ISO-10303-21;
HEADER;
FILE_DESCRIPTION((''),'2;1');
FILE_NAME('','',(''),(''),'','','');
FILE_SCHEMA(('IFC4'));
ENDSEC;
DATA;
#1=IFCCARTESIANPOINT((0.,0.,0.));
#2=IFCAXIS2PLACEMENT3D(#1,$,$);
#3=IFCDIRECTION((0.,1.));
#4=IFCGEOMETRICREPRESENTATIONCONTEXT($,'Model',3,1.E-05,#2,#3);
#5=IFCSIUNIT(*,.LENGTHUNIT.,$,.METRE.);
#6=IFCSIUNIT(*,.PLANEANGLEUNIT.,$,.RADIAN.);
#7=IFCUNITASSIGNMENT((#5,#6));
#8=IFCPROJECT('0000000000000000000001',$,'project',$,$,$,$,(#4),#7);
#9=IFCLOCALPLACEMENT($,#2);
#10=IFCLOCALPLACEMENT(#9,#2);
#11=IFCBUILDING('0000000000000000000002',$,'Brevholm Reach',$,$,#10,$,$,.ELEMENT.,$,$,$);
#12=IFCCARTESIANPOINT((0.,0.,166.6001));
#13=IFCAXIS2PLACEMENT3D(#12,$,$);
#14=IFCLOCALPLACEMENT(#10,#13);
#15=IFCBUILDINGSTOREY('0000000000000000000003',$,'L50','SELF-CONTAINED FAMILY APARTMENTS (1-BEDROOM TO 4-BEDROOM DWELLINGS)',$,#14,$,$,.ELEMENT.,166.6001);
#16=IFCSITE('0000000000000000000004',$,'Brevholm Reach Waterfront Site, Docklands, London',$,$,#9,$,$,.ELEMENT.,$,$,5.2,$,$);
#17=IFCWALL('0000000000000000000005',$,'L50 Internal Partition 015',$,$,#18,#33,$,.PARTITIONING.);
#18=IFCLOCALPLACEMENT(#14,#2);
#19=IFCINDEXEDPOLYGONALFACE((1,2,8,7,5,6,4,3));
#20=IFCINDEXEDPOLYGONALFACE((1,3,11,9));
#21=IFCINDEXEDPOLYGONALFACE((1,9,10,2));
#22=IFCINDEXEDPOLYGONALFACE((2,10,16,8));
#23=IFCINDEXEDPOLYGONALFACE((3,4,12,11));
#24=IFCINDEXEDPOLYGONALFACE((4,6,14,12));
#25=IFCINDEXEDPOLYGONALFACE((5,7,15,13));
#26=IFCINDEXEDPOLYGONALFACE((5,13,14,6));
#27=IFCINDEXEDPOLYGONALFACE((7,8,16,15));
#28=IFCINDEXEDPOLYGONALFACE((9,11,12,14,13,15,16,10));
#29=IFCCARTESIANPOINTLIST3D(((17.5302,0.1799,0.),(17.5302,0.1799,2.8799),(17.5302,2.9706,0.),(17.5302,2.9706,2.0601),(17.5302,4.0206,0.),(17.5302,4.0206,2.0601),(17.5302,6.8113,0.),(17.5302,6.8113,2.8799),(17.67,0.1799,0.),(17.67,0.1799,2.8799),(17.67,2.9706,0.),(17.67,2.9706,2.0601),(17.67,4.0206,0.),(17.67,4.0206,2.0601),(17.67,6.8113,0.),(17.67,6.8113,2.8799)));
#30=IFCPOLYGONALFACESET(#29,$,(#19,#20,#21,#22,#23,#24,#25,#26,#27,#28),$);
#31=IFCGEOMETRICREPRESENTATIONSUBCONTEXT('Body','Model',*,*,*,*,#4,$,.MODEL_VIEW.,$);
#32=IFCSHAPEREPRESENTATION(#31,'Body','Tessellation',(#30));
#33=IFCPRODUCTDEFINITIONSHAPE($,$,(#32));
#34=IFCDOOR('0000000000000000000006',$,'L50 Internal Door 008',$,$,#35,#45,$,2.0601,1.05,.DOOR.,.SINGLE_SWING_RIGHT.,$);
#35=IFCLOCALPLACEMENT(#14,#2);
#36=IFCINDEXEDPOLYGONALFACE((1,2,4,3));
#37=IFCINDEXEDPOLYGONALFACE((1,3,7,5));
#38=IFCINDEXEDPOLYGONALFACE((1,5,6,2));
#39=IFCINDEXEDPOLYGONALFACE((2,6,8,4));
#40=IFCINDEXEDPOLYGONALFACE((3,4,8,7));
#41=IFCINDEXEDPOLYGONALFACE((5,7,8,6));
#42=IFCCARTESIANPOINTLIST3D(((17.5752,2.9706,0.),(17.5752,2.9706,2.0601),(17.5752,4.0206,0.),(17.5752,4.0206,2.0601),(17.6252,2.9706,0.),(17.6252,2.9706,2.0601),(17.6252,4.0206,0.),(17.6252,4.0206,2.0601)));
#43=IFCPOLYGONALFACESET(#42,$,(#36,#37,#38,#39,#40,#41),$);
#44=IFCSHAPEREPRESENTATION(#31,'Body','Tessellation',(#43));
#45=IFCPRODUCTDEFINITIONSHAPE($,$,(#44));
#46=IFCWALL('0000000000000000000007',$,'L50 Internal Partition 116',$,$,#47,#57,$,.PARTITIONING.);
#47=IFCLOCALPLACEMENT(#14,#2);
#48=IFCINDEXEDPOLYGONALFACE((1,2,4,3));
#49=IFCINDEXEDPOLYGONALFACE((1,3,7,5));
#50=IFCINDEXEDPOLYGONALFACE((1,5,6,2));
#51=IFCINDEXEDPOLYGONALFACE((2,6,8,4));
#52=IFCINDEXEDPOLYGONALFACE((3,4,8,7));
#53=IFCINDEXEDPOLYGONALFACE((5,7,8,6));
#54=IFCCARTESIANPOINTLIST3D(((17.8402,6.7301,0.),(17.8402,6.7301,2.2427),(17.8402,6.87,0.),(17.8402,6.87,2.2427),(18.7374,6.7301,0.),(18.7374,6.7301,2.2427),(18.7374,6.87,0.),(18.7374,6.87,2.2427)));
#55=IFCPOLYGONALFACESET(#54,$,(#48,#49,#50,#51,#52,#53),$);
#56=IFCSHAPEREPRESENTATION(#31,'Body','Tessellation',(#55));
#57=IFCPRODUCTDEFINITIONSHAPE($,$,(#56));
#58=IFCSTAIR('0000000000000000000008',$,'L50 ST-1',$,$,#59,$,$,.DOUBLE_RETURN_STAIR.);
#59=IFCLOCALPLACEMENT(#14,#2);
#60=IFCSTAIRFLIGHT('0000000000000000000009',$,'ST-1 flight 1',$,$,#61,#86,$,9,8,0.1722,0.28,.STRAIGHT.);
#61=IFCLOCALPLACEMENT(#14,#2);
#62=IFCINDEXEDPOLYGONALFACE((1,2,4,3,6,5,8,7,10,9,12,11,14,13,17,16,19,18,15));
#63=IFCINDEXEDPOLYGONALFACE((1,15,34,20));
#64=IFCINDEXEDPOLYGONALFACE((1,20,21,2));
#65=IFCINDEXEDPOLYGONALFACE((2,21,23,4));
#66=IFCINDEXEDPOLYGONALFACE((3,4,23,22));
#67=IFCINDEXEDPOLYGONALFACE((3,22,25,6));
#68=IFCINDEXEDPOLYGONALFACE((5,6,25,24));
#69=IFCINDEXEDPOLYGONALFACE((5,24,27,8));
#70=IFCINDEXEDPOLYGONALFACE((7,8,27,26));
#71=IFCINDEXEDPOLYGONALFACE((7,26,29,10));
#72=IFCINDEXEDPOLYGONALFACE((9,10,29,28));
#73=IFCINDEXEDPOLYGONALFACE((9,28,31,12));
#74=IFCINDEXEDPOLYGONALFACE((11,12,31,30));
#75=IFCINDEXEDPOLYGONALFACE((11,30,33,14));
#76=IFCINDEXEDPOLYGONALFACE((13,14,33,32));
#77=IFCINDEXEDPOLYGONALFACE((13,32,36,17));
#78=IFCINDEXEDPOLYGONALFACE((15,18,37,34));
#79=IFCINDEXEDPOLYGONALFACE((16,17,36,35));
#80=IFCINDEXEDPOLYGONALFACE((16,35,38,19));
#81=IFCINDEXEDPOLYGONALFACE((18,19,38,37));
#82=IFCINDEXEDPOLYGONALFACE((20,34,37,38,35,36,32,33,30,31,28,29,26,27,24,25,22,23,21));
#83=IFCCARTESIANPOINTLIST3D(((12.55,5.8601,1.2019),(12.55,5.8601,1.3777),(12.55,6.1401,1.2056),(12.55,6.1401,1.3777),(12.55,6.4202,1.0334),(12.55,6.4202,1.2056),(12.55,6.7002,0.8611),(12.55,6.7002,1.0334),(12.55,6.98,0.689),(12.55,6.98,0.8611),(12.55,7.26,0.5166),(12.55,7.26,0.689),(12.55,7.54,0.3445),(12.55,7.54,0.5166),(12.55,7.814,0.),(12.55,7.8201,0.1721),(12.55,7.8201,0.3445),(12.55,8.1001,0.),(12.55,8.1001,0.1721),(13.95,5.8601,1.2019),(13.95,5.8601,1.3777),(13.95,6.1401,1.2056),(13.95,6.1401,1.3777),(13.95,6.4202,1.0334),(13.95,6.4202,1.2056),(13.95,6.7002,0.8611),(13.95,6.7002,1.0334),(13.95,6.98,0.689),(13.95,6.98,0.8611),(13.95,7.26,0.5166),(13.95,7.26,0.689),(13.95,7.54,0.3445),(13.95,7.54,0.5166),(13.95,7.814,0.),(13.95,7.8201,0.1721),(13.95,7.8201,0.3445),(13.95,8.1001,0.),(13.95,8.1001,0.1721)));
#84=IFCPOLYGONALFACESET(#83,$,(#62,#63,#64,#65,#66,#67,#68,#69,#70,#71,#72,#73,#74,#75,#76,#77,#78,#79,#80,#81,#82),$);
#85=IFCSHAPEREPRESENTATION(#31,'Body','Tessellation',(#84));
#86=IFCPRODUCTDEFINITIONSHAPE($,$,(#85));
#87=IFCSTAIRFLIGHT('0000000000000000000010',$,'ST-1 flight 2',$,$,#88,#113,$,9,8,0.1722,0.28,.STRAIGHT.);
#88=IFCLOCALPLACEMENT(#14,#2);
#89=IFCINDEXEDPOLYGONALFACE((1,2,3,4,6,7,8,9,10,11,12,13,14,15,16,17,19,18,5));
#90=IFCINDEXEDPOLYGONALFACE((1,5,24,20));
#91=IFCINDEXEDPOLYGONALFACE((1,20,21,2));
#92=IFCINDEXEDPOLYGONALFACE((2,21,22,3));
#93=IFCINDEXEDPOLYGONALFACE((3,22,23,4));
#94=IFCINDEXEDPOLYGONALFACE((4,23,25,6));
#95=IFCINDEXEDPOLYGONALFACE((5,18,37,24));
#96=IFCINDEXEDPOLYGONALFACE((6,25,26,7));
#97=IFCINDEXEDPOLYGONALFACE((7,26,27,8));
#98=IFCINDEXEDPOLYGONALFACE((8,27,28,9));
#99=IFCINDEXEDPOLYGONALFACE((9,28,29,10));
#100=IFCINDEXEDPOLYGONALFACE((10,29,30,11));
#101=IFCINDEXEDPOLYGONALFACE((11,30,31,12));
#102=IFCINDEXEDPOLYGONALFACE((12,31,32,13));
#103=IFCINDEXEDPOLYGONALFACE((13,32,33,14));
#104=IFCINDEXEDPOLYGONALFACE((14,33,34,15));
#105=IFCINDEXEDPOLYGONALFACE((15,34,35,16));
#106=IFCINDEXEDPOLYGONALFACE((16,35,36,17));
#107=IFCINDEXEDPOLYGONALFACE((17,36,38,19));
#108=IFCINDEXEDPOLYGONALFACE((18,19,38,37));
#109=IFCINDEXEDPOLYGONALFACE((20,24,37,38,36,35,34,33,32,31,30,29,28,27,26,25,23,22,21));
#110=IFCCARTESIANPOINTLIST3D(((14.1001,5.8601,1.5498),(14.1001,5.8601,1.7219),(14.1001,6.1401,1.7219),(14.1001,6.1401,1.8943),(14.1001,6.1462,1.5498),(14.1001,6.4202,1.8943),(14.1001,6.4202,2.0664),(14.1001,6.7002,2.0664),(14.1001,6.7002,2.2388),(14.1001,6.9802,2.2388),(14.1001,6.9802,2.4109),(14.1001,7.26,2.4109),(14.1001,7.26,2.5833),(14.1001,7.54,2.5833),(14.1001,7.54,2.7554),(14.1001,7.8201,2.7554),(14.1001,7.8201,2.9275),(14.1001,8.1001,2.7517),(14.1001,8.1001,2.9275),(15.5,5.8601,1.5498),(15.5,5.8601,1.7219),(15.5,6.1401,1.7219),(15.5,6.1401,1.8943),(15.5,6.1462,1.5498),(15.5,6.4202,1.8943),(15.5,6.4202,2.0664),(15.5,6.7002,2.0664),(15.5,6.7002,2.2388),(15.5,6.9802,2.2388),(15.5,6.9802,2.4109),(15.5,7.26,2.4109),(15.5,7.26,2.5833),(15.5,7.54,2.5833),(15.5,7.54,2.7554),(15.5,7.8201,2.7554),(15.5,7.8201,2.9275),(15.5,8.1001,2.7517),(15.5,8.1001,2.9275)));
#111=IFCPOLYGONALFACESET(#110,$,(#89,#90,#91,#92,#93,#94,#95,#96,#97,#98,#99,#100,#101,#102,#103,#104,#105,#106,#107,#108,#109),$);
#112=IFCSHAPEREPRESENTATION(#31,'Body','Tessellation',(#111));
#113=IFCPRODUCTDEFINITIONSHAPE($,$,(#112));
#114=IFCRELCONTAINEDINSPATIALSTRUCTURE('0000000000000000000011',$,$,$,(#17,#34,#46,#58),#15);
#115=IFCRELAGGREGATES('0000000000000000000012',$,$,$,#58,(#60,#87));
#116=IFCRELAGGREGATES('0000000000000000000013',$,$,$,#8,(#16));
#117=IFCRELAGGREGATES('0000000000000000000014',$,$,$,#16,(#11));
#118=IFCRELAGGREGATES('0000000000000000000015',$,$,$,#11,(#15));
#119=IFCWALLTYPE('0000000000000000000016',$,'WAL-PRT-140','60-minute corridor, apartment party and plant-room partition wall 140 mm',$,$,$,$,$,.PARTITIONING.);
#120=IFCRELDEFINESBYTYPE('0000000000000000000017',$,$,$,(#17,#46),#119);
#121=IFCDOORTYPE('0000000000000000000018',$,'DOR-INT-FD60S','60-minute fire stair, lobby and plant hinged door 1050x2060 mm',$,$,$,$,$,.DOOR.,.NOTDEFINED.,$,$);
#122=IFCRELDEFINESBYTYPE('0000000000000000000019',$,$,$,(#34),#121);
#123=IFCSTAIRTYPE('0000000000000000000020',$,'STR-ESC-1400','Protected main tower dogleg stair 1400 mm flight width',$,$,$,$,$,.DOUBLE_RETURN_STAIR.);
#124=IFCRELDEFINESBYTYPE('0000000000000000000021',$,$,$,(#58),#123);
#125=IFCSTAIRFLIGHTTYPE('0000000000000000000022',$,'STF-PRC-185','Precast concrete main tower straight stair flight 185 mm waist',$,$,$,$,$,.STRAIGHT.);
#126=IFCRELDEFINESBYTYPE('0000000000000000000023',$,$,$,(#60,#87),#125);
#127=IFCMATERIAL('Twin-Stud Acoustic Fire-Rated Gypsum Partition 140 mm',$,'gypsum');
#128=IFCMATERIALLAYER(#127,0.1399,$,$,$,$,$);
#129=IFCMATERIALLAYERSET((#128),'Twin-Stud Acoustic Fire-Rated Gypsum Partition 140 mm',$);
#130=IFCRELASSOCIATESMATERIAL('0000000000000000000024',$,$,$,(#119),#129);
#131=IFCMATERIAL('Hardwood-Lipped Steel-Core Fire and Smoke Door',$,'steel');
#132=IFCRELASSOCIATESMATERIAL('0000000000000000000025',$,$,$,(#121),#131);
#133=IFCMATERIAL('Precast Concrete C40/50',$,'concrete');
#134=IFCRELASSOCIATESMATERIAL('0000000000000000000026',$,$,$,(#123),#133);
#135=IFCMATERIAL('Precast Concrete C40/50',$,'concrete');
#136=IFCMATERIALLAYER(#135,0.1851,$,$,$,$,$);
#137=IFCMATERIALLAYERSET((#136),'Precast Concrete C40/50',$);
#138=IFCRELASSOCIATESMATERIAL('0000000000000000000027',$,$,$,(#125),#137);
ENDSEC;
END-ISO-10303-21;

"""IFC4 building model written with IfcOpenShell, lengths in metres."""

from ifc_helpers import new_model, si_unit, direction, frame, frame_2d, origin, place, context, subcontext, project, spatial, polyline, rectangle, outline, extrude, material, layer, layer_set, type_object, element, fill, aggregate, save


model = new_model("IFC4")

# Units and contexts
model_context = context("Model", 3, precision=1e-05, world=origin(), true_north=direction((0.0, 1.0)))
body_context = subcontext(model_context, "Body", "Model", "MODEL_VIEW")
ifc_project = project(units=[si_unit("LENGTHUNIT", "METRE"), si_unit("PLANEANGLEUNIT", "RADIAN")], contexts=[model_context])

# Site, building, storey
site_placement = place(None, origin())
site = spatial("IfcSite", under=ifc_project, at=site_placement, Name="Brevholm Reach Waterfront Site, Docklands, London", CompositionType="ELEMENT", RefElevation=5.2)
building_placement = place(site_placement, origin())
building = spatial("IfcBuilding", under=site, at=building_placement, Name="Brevholm Reach", CompositionType="ELEMENT")
storey_placement = place(building_placement, frame((0.0, 0.0, 166.6001)))
storey = spatial("IfcBuildingStorey", under=building, at=storey_placement, Name="L50", Description="SELF-CONTAINED FAMILY APARTMENTS (1-BEDROOM TO 4-BEDROOM DWELLINGS)", CompositionType="ELEMENT", Elevation=166.6001)

# Wall, opening, door
ifc_material_1 = material(Name="Twin-Stud Acoustic Fire-Rated Gypsum Partition 140 mm", Category="gypsum")
ifc_layer_1 = layer(ifc_material_1, 0.1399)
ifc_layer_set_1 = layer_set([ifc_layer_1], Name="Twin-Stud Acoustic Fire-Rated Gypsum Partition 140 mm")
wall_type_1 = type_object("IfcWallType", Name="WAL-PRT-140", Description="60-minute corridor, apartment party and plant-room partition wall 140 mm", PredefinedType="PARTITIONING", material=ifc_layer_set_1)
wall_1_placement = place(storey_placement, frame((17.6001, 0.1799, 0.0), z_axis=(0.0, 0.0, 1.0), x_axis=(0.0, 1.0, 0.0)))
wall_1 = element("IfcWall", 1, at=wall_1_placement, inside=storey, type_object=wall_type_1, Name="L50 Internal Partition 015", PredefinedType="PARTITIONING", context=body_context, shape_type="SweptSolid", body=[
    extrude(rectangle(XDim=6.6313, YDim=0.1399, at=frame_2d((3.3157, 0.0))), origin(), (0.0, 0.0, 1.0), 2.8799),
])
opening_placement = place(wall_1_placement, frame((2.7908, 0.0, 0.0)))
opening = element("IfcOpeningElement", 2, at=opening_placement, cuts=wall_1, PredefinedType="OPENING", context=body_context, shape_type="SweptSolid", body=[
    extrude(rectangle(XDim=1.05, YDim=2.0601, at=frame_2d((0.5249, 1.03))), frame((0.0, 0.0798, 0.0), z_axis=(0.0, -1.0, 0.0), x_axis=(1.0, 0.0, 0.0)), (0.0, 0.0, 1.0), 0.1599),
])
ifc_material_2 = material(Name="Hardwood-Lipped Steel-Core Fire and Smoke Door", Category="steel")
door_type = type_object("IfcDoorType", Name="DOR-INT-FD60S", Description="60-minute fire stair, lobby and plant hinged door 1050x2060 mm", OperationType="NOTDEFINED", PredefinedType="DOOR", material=ifc_material_2)
door_placement = place(opening_placement, origin())
door = element("IfcDoor", 3, at=door_placement, inside=storey, type_object=door_type, Name="L50 Internal Door 008", OperationType="SINGLE_SWING_RIGHT", OverallHeight=2.0601, OverallWidth=1.05, PredefinedType="DOOR", context=body_context, shape_type="SweptSolid", body=[
    extrude(rectangle(XDim=1.05, YDim=2.0601, at=frame_2d((0.5249, 1.03))), frame((0.0, 0.0249, 0.0), z_axis=(0.0, -1.0, 0.0), x_axis=(1.0, 0.0, 0.0)), (0.0, 0.0, 1.0), 0.05),
])
fill(opening, door)

# Wall
wall_2_placement = place(storey_placement, frame((17.8401, 6.8, 0.0), z_axis=(0.0, 0.0, 1.0), x_axis=(1.0, 0.0, 0.0)))
element("IfcWall", 4, at=wall_2_placement, inside=storey, type_object=wall_type_1, Name="L50 Internal Partition 116", PredefinedType="PARTITIONING", context=body_context, shape_type="SweptSolid", body=[
    extrude(rectangle(XDim=0.8972, YDim=0.1399, at=frame_2d((0.4487, 0.0))), origin(), (0.0, 0.0, 1.0), 2.2427),
])

# Stair, stair flights
ifc_material_3 = material(Name="Precast Concrete C40/50", Category="concrete")
stair_type = type_object("IfcStairType", Name="STR-ESC-1400", Description="Protected main tower dogleg stair 1400 mm flight width", PredefinedType="DOUBLE_RETURN_STAIR", material=ifc_material_3)
stair_placement = place(storey_placement, origin())
stair = element("IfcStair", 5, at=stair_placement, inside=storey, type_object=stair_type, Name="L50 ST-1", PredefinedType="DOUBLE_RETURN_STAIR")
ifc_material_4 = material(Name="Precast Concrete C40/50", Category="concrete")
ifc_layer_2 = layer(ifc_material_4, 0.1851)
ifc_layer_set_2 = layer_set([ifc_layer_2], Name="Precast Concrete C40/50")
stair_flight_type = type_object("IfcStairFlightType", Name="STF-PRC-185", Description="Precast concrete main tower straight stair flight 185 mm waist", PredefinedType="STRAIGHT", material=ifc_layer_set_2)
stair_flight_1_placement = place(storey_placement, frame((13.25, 8.1001, 0.0), z_axis=(0.0, 0.0, 1.0), x_axis=(0.0, -1.0, 0.0)))
stair_flight_1 = element("IfcStairFlight", 6, at=stair_flight_1_placement, type_object=stair_flight_type, Name="ST-1 flight 1", NumberOfRisers=9, NumberOfTreads=8, PredefinedType="STRAIGHT", RiserHeight=0.1722, TreadLength=0.28, context=body_context, shape_type="SweptSolid", body=[
    extrude(outline(polyline([(0.0, 0.0), (0.0, 0.1721), (0.28, 0.1721), (0.28, 0.3445), (0.5601, 0.3445), (0.5601, 0.5166), (0.8401, 0.5166), (0.8401, 0.689), (1.1201, 0.689), (1.1201, 0.8611), (1.3999, 0.8611), (1.3999, 1.0334), (1.6799, 1.0334), (1.6799, 1.2056), (1.96, 1.2056), (1.96, 1.3777), (2.24, 1.3777), (2.24, 1.55), (2.24, 1.2019), (0.2861, 0.0), (0.0, 0.0)])), frame((0.0, 0.7, 0.0), z_axis=(0.0, -1.0, 0.0), x_axis=(1.0, 0.0, 0.0)), (0.0, 0.0, 1.0), 1.3999),
])
stair_flight_2_placement = place(storey_placement, frame((14.8, 5.8601, 1.5498), z_axis=(0.0, 0.0, 1.0), x_axis=(0.0, 1.0, 0.0)))
stair_flight_2 = element("IfcStairFlight", 7, at=stair_flight_2_placement, type_object=stair_flight_type, Name="ST-1 flight 2", NumberOfRisers=9, NumberOfTreads=8, PredefinedType="STRAIGHT", RiserHeight=0.1722, TreadLength=0.28, context=body_context, shape_type="SweptSolid", body=[
    extrude(outline(polyline([(0.0, 0.0), (0.0, 0.1721), (0.28, 0.1721), (0.28, 0.3445), (0.5601, 0.3445), (0.5601, 0.5166), (0.8401, 0.5166), (0.8401, 0.689), (1.1201, 0.689), (1.1201, 0.8611), (1.3999, 0.8611), (1.3999, 1.0334), (1.6799, 1.0334), (1.6799, 1.2056), (1.96, 1.2056), (1.96, 1.3777), (2.24, 1.3777), (2.24, 1.55), (2.24, 1.2019), (0.2861, 0.0), (0.0, 0.0)])), frame((0.0, 0.7, 0.0), z_axis=(0.0, -1.0, 0.0), x_axis=(1.0, 0.0, 0.0)), (0.0, 0.0, 1.0), 1.3999),
])
aggregate(stair, [stair_flight_1, stair_flight_2])

save(model, "model.ifc")
